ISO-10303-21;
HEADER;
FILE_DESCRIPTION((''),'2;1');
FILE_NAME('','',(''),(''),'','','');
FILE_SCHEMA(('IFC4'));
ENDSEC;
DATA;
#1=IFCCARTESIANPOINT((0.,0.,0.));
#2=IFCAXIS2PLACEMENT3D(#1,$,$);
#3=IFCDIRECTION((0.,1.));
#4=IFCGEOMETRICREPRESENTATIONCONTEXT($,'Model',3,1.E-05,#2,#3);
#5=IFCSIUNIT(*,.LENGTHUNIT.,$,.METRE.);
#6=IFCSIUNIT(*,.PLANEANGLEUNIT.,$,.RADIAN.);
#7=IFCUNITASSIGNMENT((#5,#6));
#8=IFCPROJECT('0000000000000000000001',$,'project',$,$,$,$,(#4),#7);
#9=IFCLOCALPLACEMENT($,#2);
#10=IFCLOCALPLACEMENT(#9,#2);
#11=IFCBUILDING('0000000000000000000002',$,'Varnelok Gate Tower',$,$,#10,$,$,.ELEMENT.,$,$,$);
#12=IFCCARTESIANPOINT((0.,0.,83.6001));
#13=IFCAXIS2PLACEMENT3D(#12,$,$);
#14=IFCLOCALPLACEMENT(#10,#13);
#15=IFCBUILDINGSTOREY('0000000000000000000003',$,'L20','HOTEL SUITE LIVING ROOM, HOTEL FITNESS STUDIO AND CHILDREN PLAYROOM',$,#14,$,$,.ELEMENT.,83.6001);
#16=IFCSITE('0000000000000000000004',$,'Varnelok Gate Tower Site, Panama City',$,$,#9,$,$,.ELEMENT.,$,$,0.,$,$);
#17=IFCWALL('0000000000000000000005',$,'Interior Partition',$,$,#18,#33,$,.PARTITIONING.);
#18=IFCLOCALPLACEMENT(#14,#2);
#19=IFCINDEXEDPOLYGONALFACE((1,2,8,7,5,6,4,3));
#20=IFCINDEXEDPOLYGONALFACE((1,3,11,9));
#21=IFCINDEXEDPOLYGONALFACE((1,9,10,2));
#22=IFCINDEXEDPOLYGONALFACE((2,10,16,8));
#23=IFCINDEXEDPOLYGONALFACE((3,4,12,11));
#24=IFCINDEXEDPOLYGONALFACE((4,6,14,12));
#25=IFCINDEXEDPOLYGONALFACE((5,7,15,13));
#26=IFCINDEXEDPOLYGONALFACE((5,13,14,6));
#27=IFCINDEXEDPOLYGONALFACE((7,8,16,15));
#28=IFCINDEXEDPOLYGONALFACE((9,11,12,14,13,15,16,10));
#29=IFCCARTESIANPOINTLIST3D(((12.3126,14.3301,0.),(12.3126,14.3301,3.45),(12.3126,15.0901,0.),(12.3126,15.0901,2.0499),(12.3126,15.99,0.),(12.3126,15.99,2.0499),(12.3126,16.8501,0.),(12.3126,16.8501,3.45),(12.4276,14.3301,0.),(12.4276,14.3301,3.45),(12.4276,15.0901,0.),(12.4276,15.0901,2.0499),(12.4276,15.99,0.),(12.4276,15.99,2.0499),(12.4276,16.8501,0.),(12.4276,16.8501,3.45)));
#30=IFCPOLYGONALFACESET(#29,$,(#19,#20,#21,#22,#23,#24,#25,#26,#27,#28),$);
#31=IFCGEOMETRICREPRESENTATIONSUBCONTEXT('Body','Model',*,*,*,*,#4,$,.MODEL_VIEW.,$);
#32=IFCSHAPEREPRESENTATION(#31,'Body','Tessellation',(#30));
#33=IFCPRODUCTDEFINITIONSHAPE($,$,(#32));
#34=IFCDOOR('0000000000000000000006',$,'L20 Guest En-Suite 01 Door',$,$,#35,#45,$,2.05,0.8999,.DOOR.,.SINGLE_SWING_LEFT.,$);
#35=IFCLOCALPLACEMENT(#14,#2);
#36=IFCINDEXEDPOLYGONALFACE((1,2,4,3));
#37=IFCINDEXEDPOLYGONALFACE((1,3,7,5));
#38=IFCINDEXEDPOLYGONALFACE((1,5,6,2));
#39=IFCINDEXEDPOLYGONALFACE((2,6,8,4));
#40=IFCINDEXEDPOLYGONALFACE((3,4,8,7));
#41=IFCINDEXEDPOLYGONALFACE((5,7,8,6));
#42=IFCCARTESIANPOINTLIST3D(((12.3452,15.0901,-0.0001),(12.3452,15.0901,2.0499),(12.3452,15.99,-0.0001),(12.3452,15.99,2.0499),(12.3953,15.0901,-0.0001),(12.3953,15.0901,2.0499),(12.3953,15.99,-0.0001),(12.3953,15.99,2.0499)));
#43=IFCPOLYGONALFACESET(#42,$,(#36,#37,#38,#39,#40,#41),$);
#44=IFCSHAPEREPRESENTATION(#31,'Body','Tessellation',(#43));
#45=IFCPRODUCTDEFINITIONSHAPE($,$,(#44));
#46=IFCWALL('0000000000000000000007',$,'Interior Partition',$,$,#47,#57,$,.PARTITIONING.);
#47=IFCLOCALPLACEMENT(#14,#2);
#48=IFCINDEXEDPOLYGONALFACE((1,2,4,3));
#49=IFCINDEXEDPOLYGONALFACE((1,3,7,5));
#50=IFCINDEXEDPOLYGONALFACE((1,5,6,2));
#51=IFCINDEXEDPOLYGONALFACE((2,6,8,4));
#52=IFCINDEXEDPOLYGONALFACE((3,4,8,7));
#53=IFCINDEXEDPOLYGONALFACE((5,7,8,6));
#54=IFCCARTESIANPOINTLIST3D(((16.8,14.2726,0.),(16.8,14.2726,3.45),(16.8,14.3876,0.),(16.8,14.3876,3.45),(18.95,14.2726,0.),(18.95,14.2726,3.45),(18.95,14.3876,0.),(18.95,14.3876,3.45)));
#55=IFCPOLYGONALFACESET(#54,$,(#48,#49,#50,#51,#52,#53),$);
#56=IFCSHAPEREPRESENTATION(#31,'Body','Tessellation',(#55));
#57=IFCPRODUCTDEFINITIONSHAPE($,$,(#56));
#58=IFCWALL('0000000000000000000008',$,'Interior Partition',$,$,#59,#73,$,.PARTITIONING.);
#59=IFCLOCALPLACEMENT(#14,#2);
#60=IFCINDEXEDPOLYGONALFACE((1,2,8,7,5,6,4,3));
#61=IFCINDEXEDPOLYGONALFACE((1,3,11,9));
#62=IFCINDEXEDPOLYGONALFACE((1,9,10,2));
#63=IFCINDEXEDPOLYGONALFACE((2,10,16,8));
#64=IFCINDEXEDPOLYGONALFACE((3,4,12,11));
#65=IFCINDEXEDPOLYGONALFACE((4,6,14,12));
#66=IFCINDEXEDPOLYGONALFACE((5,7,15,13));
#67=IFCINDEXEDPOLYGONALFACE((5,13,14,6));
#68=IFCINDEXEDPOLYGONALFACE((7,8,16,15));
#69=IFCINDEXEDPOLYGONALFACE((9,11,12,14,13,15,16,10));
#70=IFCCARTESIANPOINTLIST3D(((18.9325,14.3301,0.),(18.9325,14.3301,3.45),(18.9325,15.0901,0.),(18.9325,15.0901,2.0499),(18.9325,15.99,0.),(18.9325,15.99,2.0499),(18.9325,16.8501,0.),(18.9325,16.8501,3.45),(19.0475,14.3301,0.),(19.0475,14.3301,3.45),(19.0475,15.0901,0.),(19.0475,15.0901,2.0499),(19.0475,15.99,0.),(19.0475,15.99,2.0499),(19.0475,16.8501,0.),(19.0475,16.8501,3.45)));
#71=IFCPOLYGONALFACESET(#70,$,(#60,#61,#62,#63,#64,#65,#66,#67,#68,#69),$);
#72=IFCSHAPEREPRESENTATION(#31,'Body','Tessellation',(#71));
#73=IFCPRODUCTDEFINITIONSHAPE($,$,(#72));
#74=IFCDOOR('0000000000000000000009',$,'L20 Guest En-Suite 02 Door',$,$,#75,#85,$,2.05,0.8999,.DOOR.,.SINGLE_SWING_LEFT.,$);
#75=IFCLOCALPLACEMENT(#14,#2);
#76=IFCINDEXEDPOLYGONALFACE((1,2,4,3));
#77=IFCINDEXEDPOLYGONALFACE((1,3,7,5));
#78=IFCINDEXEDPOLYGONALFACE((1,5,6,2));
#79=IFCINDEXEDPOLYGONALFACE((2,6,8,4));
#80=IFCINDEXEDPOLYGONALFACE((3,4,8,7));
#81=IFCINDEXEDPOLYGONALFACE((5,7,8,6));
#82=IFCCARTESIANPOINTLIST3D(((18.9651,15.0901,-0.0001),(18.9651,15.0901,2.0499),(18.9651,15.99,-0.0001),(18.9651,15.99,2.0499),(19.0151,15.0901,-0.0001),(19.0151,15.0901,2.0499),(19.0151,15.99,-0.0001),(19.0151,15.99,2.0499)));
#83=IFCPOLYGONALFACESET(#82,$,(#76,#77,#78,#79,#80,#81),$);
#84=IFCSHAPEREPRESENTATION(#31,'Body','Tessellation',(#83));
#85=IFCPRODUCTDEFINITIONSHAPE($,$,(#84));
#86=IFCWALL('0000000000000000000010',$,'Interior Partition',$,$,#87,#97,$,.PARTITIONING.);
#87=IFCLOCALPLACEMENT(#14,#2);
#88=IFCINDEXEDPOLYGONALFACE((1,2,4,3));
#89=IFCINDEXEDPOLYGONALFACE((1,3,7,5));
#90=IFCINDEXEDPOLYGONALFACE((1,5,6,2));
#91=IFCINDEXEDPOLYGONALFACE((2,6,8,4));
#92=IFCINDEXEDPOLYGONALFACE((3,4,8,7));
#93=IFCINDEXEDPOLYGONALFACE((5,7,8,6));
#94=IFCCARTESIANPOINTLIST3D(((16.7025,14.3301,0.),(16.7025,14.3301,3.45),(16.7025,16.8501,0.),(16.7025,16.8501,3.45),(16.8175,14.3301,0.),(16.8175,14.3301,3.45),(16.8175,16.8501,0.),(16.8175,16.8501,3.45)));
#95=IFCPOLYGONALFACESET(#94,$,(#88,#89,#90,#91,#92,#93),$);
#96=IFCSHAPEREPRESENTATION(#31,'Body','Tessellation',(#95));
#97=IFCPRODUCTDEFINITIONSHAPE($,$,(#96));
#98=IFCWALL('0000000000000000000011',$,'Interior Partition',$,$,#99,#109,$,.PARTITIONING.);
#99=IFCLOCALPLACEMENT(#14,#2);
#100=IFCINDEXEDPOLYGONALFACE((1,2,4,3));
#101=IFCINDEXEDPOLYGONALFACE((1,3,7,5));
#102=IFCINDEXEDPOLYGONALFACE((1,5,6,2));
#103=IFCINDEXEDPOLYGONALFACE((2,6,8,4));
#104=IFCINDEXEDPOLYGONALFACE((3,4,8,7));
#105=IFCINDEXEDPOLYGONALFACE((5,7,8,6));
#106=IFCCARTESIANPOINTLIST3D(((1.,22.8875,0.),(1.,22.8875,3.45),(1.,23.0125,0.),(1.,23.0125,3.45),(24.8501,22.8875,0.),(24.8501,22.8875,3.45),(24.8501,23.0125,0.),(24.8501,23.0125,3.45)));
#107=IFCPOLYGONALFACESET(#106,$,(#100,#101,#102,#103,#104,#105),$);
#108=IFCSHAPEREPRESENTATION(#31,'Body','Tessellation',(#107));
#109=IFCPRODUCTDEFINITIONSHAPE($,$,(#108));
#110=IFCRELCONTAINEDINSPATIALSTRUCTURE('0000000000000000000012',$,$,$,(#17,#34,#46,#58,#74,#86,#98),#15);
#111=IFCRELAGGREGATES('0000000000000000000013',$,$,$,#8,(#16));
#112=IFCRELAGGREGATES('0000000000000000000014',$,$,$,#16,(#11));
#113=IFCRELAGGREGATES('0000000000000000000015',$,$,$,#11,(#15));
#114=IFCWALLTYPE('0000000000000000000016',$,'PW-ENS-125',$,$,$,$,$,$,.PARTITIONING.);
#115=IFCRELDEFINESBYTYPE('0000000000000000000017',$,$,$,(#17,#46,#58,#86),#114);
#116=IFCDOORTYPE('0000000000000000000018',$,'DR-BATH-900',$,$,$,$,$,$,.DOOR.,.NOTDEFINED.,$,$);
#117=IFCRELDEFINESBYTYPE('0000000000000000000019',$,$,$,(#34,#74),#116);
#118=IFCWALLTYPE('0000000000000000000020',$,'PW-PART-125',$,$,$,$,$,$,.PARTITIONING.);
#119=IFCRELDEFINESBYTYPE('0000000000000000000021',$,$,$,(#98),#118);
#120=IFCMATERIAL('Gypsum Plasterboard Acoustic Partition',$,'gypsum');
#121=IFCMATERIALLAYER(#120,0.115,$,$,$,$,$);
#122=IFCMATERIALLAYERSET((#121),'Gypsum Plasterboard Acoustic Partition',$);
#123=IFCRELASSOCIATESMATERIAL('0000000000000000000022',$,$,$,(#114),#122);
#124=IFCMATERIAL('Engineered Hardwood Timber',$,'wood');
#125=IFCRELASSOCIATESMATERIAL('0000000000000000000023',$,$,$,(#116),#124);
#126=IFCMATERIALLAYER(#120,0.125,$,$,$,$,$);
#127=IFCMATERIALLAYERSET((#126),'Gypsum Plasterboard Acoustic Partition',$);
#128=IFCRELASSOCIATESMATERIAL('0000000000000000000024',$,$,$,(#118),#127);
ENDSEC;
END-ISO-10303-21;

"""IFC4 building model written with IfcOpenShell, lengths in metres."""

from ifc_helpers import new_model, si_unit, direction, frame, frame_2d, origin, place, context, subcontext, project, spatial, rectangle, extrude, material, layer, layer_set, type_object, element, fill, save


model = new_model("IFC4")

# Units and contexts
model_context = context("Model", 3, precision=1e-05, world=origin(), true_north=direction((0.0, 1.0)))
body_context = subcontext(model_context, "Body", "Model", "MODEL_VIEW")
ifc_project = project(units=[si_unit("LENGTHUNIT", "METRE"), si_unit("PLANEANGLEUNIT", "RADIAN")], contexts=[model_context])

# Site, building, storey
site_placement = place(None, origin())
site = spatial("IfcSite", under=ifc_project, at=site_placement, Name="Varnelok Gate Tower Site, Panama City", CompositionType="ELEMENT", RefElevation=0.0)
building_placement = place(site_placement, origin())
building = spatial("IfcBuilding", under=site, at=building_placement, Name="Varnelok Gate Tower", CompositionType="ELEMENT")
storey_placement = place(building_placement, frame((0.0, 0.0, 83.6001)))
storey = spatial("IfcBuildingStorey", under=building, at=storey_placement, Name="L20", Description="HOTEL SUITE LIVING ROOM, HOTEL FITNESS STUDIO AND CHILDREN PLAYROOM", CompositionType="ELEMENT", Elevation=83.6001)

# Shared definitions
ifc_material_1 = material(Name="Gypsum Plasterboard Acoustic Partition", Category="gypsum")
ifc_material_2 = material(Name="Engineered Hardwood Timber", Category="wood")

# Wall, opening, door
ifc_layer_1 = layer(ifc_material_1, 0.115)
ifc_layer_set_1 = layer_set([ifc_layer_1], Name="Gypsum Plasterboard Acoustic Partition")
wall_type_1 = type_object("IfcWallType", Name="PW-ENS-125", PredefinedType="PARTITIONING", material=ifc_layer_set_1)
wall_1_placement = place(storey_placement, frame((12.3701, 14.3301, 0.0), z_axis=(0.0, 0.0, 1.0), x_axis=(0.0, 1.0, 0.0)))
wall_1 = element("IfcWall", 1, at=wall_1_placement, inside=storey, type_object=wall_type_1, Name="Interior Partition", PredefinedType="PARTITIONING", context=body_context, shape_type="SweptSolid", body=[
    extrude(rectangle(XDim=2.52, YDim=0.115, at=frame_2d((1.26, 0.0))), origin(), (0.0, 0.0, 1.0), 3.45),
])
opening_1_placement = place(wall_1_placement, frame((0.76, 0.0, 0.0)))
opening_1 = element("IfcOpeningElement", 2, at=opening_1_placement, cuts=wall_1, PredefinedType="OPENING", context=body_context, shape_type="SweptSolid", body=[
    extrude(rectangle(XDim=0.8999, YDim=2.05, at=frame_2d((0.45, 1.0249))), frame((0.0, 0.0674, 0.0), z_axis=(0.0, -1.0, 0.0), x_axis=(1.0, 0.0, 0.0)), (0.0, 0.0, 1.0), 0.135),
])
door_type_1 = type_object("IfcDoorType", Name="DR-BATH-900", OperationType="NOTDEFINED", PredefinedType="DOOR", material=ifc_material_2)
door_1_placement = place(opening_1_placement, origin())
door_1 = element("IfcDoor", 3, at=door_1_placement, inside=storey, type_object=door_type_1, Name="L20 Guest En-Suite 01 Door", OperationType="SINGLE_SWING_LEFT", OverallHeight=2.05, OverallWidth=0.8999, PredefinedType="DOOR", context=body_context, shape_type="SweptSolid", body=[
    extrude(rectangle(XDim=0.8999, YDim=2.05, at=frame_2d((0.45, 1.0249))), frame((0.0, 0.0249, 0.0), z_axis=(0.0, -1.0, 0.0), x_axis=(1.0, 0.0, 0.0)), (0.0, 0.0, 1.0), 0.05),
])
fill(opening_1, door_1)

# Wall
wall_2_placement = place(storey_placement, frame((16.8, 14.3301, 0.0), z_axis=(0.0, 0.0, 1.0), x_axis=(1.0, 0.0, 0.0)))
element("IfcWall", 4, at=wall_2_placement, inside=storey, type_object=wall_type_1, Name="Interior Partition", PredefinedType="PARTITIONING", context=body_context, shape_type="SweptSolid", body=[
    extrude(rectangle(XDim=2.1499, YDim=0.115, at=frame_2d((1.075, 0.0))), origin(), (0.0, 0.0, 1.0), 3.45),
])

# Wall, opening, door
wall_3_placement = place(storey_placement, frame((18.99, 14.3301, 0.0), z_axis=(0.0, 0.0, 1.0), x_axis=(0.0, 1.0, 0.0)))
wall_3 = element("IfcWall", 5, at=wall_3_placement, inside=storey, type_object=wall_type_1, Name="Interior Partition", PredefinedType="PARTITIONING", context=body_context, shape_type="SweptSolid", body=[
    extrude(rectangle(XDim=2.52, YDim=0.115, at=frame_2d((1.26, 0.0))), origin(), (0.0, 0.0, 1.0), 3.45),
])
opening_2_placement = place(wall_3_placement, frame((0.76, 0.0, 0.0)))
opening_2 = element("IfcOpeningElement", 6, at=opening_2_placement, cuts=wall_3, PredefinedType="OPENING", context=body_context, shape_type="SweptSolid", body=[
    extrude(rectangle(XDim=0.8999, YDim=2.05, at=frame_2d((0.45, 1.0249))), frame((0.0, 0.0674, 0.0), z_axis=(0.0, -1.0, 0.0), x_axis=(1.0, 0.0, 0.0)), (0.0, 0.0, 1.0), 0.135),
])
door_2_placement = place(opening_2_placement, origin())
door_2 = element("IfcDoor", 7, at=door_2_placement, inside=storey, type_object=door_type_1, Name="L20 Guest En-Suite 02 Door", OperationType="SINGLE_SWING_LEFT", OverallHeight=2.05, OverallWidth=0.8999, PredefinedType="DOOR", context=body_context, shape_type="SweptSolid", body=[
    extrude(rectangle(XDim=0.8999, YDim=2.05, at=frame_2d((0.45, 1.0249))), frame((0.0, 0.0249, 0.0), z_axis=(0.0, -1.0, 0.0), x_axis=(1.0, 0.0, 0.0)), (0.0, 0.0, 1.0), 0.05),
])
fill(opening_2, door_2)

# Walls
wall_4_placement = place(storey_placement, frame((16.76, 14.3301, 0.0), z_axis=(0.0, 0.0, 1.0), x_axis=(0.0, 1.0, 0.0)))
element("IfcWall", 8, at=wall_4_placement, inside=storey, type_object=wall_type_1, Name="Interior Partition", PredefinedType="PARTITIONING", context=body_context, shape_type="SweptSolid", body=[
    extrude(rectangle(XDim=2.52, YDim=0.115, at=frame_2d((1.26, 0.0))), origin(), (0.0, 0.0, 1.0), 3.45),
])
ifc_layer_2 = layer(ifc_material_1, 0.125)
ifc_layer_set_2 = layer_set([ifc_layer_2], Name="Gypsum Plasterboard Acoustic Partition")
wall_type_2 = type_object("IfcWallType", Name="PW-PART-125", PredefinedType="PARTITIONING", material=ifc_layer_set_2)
wall_5_placement = place(storey_placement, frame((1.0, 22.95, 0.0), z_axis=(0.0, 0.0, 1.0), x_axis=(1.0, 0.0, 0.0)))
element("IfcWall", 9, at=wall_5_placement, inside=storey, type_object=wall_type_2, Name="Interior Partition", PredefinedType="PARTITIONING", context=body_context, shape_type="SweptSolid", body=[
    extrude(rectangle(XDim=23.8501, YDim=0.125, at=frame_2d((11.925, 0.0))), origin(), (0.0, 0.0, 1.0), 3.45),
])

save(model, "model.ifc")
